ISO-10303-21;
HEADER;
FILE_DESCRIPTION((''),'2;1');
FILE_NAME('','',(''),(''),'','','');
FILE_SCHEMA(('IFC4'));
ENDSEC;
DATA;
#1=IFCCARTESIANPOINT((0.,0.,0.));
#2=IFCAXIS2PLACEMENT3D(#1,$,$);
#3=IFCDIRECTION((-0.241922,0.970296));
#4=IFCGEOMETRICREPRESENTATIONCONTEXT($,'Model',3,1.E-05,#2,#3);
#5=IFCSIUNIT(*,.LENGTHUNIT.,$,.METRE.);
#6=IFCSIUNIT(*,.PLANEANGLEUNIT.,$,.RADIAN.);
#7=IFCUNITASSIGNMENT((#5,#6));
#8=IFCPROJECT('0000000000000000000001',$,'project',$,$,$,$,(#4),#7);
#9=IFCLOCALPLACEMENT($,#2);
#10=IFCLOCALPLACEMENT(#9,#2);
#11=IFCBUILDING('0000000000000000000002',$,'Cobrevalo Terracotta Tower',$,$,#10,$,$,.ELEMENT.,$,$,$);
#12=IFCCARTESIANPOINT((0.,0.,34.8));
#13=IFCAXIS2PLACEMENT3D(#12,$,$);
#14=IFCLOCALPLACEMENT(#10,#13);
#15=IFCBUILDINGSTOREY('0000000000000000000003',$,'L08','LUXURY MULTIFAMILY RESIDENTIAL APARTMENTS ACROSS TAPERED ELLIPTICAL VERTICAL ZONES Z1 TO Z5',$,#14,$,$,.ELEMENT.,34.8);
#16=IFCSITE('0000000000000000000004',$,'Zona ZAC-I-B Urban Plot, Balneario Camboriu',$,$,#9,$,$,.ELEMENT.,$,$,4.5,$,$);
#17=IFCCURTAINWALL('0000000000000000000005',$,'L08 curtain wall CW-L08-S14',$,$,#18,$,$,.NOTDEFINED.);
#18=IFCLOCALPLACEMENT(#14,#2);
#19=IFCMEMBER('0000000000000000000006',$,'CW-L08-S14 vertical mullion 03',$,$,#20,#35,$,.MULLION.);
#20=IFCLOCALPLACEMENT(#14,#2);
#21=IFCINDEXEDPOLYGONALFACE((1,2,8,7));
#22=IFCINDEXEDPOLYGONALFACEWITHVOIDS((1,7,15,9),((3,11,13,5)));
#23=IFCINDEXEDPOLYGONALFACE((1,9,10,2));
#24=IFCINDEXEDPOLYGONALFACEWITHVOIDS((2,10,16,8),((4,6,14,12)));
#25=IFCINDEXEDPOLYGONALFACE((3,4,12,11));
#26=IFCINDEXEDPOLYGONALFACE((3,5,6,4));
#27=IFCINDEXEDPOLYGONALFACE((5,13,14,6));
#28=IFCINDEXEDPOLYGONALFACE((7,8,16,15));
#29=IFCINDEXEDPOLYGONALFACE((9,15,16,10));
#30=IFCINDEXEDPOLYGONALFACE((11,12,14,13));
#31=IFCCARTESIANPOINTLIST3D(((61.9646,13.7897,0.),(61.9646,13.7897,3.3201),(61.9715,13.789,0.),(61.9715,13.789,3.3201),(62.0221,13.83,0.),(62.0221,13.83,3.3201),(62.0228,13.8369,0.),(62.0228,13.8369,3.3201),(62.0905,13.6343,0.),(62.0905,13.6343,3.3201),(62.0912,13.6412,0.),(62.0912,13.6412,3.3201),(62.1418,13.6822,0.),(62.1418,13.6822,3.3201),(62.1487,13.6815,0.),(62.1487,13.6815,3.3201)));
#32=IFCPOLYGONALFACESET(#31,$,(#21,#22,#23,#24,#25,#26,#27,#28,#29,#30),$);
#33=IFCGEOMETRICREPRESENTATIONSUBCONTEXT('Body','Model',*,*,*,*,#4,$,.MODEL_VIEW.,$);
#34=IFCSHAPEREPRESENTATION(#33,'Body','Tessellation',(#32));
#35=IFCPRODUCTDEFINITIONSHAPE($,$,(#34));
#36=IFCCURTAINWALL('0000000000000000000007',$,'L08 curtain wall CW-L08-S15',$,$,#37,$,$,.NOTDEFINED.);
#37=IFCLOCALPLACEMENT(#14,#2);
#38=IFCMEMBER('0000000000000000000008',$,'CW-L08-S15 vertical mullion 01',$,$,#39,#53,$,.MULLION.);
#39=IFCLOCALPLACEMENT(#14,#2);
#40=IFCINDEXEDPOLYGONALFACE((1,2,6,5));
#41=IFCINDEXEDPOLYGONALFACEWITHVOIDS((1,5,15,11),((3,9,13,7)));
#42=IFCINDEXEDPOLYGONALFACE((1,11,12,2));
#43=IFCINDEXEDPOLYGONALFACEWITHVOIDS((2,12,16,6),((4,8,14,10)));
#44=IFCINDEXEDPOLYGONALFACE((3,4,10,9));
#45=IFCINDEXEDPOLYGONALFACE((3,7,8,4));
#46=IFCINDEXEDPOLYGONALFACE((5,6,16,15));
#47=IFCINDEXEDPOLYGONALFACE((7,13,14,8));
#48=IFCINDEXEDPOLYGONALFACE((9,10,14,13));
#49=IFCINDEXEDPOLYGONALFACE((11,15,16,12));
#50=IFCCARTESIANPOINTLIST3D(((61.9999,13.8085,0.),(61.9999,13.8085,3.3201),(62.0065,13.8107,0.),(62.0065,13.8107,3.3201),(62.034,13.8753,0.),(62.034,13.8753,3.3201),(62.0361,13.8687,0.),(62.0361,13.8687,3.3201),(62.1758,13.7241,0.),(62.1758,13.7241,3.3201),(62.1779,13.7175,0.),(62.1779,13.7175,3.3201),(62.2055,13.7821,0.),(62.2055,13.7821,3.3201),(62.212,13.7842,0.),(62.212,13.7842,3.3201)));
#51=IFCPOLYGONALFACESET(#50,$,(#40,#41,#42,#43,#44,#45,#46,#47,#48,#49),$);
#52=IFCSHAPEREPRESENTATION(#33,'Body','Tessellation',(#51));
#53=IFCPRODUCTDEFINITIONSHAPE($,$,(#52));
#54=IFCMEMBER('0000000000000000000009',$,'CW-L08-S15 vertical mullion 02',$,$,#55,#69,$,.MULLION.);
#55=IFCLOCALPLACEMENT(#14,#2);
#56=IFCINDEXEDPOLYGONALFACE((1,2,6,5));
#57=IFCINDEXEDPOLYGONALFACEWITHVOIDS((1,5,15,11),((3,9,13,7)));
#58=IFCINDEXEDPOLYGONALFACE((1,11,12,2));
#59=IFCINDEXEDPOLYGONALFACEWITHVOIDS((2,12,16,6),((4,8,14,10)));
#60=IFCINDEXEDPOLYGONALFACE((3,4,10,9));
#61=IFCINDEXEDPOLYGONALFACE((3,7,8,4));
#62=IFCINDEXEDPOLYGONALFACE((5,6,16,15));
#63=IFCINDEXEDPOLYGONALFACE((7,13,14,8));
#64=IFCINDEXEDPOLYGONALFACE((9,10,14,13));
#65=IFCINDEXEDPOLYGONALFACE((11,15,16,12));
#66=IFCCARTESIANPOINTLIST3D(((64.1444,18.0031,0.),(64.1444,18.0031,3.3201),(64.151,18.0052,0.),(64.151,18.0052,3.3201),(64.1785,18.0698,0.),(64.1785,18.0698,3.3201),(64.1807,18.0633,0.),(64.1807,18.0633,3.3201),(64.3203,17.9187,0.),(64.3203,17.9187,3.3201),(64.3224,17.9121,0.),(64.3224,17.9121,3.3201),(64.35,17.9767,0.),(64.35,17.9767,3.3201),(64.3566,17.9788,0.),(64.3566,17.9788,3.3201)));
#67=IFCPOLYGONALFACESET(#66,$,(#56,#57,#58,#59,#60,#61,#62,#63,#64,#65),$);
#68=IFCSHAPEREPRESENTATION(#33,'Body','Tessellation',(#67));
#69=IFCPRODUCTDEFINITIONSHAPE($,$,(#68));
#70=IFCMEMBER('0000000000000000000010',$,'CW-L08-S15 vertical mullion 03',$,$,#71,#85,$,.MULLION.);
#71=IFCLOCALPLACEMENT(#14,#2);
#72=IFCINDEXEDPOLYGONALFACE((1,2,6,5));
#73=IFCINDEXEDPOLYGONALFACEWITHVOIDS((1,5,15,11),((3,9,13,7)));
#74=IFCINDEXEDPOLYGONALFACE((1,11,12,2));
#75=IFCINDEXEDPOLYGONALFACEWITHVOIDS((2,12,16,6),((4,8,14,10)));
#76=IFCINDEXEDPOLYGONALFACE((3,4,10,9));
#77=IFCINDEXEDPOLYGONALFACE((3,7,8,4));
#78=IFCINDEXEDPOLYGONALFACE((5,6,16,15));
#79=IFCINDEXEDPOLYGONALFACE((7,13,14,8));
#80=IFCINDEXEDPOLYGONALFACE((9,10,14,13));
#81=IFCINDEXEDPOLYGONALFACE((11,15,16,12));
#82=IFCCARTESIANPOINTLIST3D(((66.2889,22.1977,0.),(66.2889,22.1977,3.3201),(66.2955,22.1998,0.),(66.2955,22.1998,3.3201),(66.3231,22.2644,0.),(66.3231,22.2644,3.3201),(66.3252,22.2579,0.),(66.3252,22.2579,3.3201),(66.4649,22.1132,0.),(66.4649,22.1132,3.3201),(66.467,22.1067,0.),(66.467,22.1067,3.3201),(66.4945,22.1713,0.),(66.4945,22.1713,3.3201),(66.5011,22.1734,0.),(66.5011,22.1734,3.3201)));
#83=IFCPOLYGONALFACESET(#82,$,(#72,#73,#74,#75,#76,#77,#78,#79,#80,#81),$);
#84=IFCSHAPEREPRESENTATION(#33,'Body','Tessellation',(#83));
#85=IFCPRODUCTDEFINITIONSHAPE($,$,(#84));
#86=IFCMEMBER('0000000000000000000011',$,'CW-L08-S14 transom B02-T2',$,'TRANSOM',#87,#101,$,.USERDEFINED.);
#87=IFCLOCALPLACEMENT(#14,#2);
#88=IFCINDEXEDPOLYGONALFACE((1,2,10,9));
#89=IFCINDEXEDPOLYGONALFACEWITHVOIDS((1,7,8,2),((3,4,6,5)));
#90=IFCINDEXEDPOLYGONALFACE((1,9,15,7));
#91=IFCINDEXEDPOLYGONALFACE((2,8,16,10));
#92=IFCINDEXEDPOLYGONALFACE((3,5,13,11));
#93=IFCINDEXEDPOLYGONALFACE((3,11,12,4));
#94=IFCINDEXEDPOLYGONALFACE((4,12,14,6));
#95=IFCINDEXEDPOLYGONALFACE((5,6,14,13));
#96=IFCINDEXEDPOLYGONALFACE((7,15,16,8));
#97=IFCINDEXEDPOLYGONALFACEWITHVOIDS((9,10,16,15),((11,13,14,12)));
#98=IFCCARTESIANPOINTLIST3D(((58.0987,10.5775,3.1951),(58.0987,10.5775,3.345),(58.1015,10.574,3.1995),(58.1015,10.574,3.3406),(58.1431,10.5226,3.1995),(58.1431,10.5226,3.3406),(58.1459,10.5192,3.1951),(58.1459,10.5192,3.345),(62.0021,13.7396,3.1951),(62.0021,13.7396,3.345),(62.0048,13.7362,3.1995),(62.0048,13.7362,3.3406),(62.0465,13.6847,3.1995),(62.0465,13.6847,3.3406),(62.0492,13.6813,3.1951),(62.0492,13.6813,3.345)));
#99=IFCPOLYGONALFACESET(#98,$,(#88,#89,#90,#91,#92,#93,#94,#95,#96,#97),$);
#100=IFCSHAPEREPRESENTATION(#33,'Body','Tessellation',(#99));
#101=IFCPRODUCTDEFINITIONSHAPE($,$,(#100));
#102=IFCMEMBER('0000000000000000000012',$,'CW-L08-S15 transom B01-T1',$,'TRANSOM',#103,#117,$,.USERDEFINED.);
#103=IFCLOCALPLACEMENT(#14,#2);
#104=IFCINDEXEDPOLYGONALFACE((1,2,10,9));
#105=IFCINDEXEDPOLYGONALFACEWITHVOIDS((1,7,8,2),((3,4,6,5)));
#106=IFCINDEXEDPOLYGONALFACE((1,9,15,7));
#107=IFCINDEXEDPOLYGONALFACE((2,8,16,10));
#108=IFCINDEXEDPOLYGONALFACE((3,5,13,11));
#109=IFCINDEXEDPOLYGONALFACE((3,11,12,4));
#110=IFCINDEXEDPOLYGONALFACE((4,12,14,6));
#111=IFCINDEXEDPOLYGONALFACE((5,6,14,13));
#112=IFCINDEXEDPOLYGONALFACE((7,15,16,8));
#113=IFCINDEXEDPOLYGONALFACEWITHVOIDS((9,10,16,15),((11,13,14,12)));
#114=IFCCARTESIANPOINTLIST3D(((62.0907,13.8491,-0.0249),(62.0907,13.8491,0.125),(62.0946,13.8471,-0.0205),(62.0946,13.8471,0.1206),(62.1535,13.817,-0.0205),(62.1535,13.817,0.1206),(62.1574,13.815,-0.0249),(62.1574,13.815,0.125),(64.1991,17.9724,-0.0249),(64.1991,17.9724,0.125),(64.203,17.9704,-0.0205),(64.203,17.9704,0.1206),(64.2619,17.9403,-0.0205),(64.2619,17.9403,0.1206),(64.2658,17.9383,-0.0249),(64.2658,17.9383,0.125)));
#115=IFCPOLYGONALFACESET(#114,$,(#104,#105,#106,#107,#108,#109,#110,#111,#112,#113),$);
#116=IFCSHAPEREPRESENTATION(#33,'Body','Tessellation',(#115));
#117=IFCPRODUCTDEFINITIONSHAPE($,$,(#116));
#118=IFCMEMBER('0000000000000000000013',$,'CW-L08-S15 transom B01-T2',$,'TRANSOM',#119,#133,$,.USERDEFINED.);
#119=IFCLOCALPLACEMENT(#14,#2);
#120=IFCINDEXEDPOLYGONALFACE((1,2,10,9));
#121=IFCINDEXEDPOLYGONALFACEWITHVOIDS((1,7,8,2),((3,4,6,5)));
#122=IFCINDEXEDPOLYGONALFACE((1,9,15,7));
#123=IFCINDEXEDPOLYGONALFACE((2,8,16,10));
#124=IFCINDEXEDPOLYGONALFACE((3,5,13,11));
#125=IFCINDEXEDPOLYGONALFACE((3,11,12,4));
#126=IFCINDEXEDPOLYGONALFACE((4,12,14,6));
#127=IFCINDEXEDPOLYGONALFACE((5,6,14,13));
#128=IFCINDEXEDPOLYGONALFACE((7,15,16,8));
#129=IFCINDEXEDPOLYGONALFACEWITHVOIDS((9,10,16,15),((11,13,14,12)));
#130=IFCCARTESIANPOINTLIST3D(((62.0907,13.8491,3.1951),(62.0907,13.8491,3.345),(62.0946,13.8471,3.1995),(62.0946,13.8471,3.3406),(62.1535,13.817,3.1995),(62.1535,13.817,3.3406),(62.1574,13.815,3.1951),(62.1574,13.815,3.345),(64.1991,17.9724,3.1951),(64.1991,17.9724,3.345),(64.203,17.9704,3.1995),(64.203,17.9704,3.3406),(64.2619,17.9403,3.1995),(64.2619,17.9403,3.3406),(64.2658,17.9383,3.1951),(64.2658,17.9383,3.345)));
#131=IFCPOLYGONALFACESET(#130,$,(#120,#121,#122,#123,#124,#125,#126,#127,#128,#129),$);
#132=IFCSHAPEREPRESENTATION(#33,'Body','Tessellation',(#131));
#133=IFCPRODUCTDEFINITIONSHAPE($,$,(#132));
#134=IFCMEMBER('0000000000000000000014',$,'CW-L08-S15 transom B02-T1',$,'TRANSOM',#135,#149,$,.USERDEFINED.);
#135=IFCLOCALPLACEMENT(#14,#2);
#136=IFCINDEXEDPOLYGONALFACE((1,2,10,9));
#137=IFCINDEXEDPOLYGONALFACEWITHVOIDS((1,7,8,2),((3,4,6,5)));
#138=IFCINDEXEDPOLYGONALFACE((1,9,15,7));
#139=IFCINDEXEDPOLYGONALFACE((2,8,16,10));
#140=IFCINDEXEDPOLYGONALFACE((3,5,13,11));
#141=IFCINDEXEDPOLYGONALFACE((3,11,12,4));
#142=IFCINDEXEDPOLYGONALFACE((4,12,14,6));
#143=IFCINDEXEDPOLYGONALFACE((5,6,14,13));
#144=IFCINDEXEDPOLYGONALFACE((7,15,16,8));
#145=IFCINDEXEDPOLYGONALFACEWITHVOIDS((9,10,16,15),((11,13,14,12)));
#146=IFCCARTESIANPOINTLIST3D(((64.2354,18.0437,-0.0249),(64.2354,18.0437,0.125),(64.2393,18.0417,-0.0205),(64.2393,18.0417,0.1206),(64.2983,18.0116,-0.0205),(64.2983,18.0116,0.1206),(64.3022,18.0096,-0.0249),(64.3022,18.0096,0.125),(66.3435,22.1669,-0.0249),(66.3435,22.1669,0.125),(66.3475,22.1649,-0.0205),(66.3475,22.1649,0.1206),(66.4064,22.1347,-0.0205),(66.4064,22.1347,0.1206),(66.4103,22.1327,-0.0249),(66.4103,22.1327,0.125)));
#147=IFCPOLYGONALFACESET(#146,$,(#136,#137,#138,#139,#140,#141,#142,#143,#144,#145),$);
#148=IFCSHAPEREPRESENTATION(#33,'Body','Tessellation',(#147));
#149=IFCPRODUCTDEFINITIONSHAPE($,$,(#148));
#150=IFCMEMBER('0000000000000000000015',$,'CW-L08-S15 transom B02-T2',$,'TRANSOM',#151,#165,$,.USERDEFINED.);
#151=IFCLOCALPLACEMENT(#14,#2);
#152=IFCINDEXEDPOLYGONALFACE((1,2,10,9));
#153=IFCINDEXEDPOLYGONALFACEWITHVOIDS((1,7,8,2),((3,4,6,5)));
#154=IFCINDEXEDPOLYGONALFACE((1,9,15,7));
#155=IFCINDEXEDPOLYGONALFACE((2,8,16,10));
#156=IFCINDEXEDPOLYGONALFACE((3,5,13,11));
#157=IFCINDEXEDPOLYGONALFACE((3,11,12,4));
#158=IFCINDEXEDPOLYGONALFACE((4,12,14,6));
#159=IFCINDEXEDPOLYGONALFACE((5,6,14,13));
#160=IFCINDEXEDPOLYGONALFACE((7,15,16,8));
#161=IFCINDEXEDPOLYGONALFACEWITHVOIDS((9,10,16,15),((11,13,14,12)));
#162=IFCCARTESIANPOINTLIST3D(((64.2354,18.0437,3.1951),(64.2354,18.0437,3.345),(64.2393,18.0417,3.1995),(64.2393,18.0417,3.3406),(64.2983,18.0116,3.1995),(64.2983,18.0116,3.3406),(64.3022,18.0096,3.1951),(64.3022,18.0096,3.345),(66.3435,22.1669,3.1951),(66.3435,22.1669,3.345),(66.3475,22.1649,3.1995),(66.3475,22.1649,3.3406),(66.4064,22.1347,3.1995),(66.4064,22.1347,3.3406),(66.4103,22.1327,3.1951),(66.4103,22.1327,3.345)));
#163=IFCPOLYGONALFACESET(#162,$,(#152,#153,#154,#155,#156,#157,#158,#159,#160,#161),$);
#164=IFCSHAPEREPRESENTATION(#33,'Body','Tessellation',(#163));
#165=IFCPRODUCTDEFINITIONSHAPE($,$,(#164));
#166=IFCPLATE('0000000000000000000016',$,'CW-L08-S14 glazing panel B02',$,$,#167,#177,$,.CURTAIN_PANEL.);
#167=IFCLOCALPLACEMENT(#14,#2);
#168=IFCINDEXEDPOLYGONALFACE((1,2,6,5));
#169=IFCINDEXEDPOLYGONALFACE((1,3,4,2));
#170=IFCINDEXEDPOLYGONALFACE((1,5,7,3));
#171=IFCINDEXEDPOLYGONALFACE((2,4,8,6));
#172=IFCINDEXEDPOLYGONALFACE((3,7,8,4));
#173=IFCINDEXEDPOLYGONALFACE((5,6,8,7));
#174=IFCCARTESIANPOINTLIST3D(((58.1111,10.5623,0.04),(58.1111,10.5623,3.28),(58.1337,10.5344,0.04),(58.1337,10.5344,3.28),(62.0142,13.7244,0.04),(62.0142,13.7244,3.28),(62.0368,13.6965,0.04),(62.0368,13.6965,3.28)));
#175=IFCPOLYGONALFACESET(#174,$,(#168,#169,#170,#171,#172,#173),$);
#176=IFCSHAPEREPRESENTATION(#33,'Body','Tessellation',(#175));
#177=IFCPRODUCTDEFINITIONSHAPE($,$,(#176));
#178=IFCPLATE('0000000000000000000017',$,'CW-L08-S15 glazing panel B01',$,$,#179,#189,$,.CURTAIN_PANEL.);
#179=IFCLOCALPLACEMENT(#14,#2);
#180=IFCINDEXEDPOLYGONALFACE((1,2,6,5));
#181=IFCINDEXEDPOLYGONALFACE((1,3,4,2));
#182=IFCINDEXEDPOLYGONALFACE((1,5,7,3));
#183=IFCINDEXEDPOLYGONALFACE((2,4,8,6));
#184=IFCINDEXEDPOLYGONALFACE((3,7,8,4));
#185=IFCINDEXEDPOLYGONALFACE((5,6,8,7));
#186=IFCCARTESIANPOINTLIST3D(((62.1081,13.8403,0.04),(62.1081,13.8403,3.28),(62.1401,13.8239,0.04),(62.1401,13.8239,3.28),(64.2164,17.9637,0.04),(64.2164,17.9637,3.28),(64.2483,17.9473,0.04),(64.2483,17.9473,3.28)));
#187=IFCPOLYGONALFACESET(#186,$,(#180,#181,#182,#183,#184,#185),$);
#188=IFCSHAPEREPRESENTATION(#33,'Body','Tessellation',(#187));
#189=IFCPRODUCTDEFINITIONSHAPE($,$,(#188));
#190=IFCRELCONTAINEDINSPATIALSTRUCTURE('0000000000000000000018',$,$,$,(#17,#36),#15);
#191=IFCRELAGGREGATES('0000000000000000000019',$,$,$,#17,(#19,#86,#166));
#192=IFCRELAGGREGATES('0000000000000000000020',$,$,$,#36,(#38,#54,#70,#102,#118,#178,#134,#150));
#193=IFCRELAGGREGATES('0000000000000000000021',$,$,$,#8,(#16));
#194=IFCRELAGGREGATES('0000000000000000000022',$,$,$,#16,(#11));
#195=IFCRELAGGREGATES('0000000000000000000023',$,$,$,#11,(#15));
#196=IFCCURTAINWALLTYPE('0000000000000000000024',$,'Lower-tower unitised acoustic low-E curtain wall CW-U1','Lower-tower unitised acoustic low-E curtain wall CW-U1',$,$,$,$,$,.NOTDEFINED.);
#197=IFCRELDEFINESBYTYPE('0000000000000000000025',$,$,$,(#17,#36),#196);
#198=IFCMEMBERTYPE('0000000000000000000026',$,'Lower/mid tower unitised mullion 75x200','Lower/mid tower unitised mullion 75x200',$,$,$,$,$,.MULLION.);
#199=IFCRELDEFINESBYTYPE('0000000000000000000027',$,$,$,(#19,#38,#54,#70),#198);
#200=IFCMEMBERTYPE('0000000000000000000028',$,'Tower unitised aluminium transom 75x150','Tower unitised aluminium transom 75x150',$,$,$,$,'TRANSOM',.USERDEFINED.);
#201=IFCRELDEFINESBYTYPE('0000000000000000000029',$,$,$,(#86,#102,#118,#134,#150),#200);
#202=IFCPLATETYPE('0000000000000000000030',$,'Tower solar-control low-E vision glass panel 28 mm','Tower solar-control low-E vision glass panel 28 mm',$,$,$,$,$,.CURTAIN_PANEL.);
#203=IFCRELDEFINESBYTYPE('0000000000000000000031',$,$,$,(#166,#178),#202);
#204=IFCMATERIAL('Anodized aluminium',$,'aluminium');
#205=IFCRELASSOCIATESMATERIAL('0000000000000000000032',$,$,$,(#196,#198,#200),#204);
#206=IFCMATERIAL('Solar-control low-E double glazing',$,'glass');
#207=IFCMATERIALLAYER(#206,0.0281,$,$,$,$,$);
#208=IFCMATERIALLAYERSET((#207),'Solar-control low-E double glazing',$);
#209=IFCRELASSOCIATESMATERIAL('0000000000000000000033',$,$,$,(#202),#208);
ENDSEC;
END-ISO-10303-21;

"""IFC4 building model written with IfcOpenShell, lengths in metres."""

from ifc_helpers import new_model, si_unit, direction, frame, origin, origin_2d, place, context, subcontext, project, spatial, rectangle, hollow_rectangle, extrude, source, transform, mapped, material, layer, layer_set, material_profile, profile_set, type_object, element, aggregate, save


model = new_model("IFC4")

# Units and contexts
model_context = context("Model", 3, precision=1e-05, world=origin(), true_north=direction((-0.241922, 0.970296)))
body_context = subcontext(model_context, "Body", "Model", "MODEL_VIEW")
ifc_project = project(units=[si_unit("LENGTHUNIT", "METRE"), si_unit("PLANEANGLEUNIT", "RADIAN")], contexts=[model_context])

# Site, building, storey
site_placement = place(None, origin())
site = spatial("IfcSite", under=ifc_project, at=site_placement, Name="Zona ZAC-I-B Urban Plot, Balneario Camboriu", CompositionType="ELEMENT", RefElevation=4.5)
building_placement = place(site_placement, origin())
building = spatial("IfcBuilding", under=site, at=building_placement, Name="Cobrevalo Terracotta Tower", CompositionType="ELEMENT")
storey_placement = place(building_placement, frame((0.0, 0.0, 34.8)))
storey = spatial("IfcBuildingStorey", under=building, at=storey_placement, Name="L08", Description="LUXURY MULTIFAMILY RESIDENTIAL APARTMENTS ACROSS TAPERED ELLIPTICAL VERTICAL ZONES Z1 TO Z5", CompositionType="ELEMENT", Elevation=34.8)

# Curtain wall, member
ifc_material_1 = material(Name="Anodized aluminium", Category="aluminium")
curtain_wall_type = type_object("IfcCurtainWallType", Name="Lower-tower unitised acoustic low-E curtain wall CW-U1", Description="Lower-tower unitised acoustic low-E curtain wall CW-U1", PredefinedType="NOTDEFINED", material=ifc_material_1)
curtain_wall_1_placement = place(storey_placement, origin())
curtain_wall_1 = element("IfcCurtainWall", 1, at=curtain_wall_1_placement, inside=storey, type_object=curtain_wall_type, Name="L08 curtain wall CW-L08-S14", PredefinedType="NOTDEFINED")
ifc_material_profile_1 = material_profile(ifc_material_1, hollow_rectangle(XDim=0.075, YDim=0.2, WallThickness=0.0049, at=origin_2d()), Name="CWM 75x200")
ifc_profile_set_1 = profile_set([ifc_material_profile_1], Name="Anodized aluminium")
member_type_1 = type_object("IfcMemberType", Name="Lower/mid tower unitised mullion 75x200", Description="Lower/mid tower unitised mullion 75x200", PredefinedType="MULLION", material=ifc_profile_set_1)
shared_shape_1 = source(origin(), body_context, "Body", "SweptSolid", [
    extrude(hollow_rectangle(XDim=0.075, YDim=0.2, WallThickness=0.0049, at=origin_2d()), origin(), (0.0, 0.0, 1.0), 3.3201),
])
member_1_placement = place(storey_placement, frame((62.0566, 13.7356, 0.0), z_axis=(0.0, 0.0, 1.0), x_axis=(0.777003, 0.629497, 0.0)))
member_1 = element("IfcMember", 2, at=member_1_placement, type_object=member_type_1, Name="CW-L08-S14 vertical mullion 03", PredefinedType="MULLION", context=body_context, shape_type="MappedRepresentation", body=[
    mapped(shared_shape_1, transform((0.0, 0.0, 0.0), scale=1.0)),
])

# Curtain wall, members
curtain_wall_2_placement = place(storey_placement, origin())
curtain_wall_2 = element("IfcCurtainWall", 3, at=curtain_wall_2_placement, inside=storey, type_object=curtain_wall_type, Name="L08 curtain wall CW-L08-S15", PredefinedType="NOTDEFINED")
member_2_placement = place(storey_placement, frame((62.106, 13.7964, 0.0), z_axis=(0.0, 0.0, 1.0), x_axis=(0.455234, 0.890372, 0.0)))
member_2 = element("IfcMember", 4, at=member_2_placement, type_object=member_type_1, Name="CW-L08-S15 vertical mullion 01", PredefinedType="MULLION", context=body_context, shape_type="MappedRepresentation", body=[
    mapped(shared_shape_1, transform((0.0, 0.0, 0.0), scale=1.0)),
])
member_3_placement = place(storey_placement, frame((64.2505, 17.991, 0.0), z_axis=(0.0, 0.0, 1.0), x_axis=(0.455234, 0.890372, 0.0)))
member_3 = element("IfcMember", 5, at=member_3_placement, type_object=member_type_1, Name="CW-L08-S15 vertical mullion 02", PredefinedType="MULLION", context=body_context, shape_type="MappedRepresentation", body=[
    mapped(shared_shape_1, transform((0.0, 0.0, 0.0), scale=1.0)),
])
member_4_placement = place(storey_placement, frame((66.395, 22.1855, 0.0), z_axis=(0.0, 0.0, 1.0), x_axis=(0.455234, 0.890372, 0.0)))
member_4 = element("IfcMember", 6, at=member_4_placement, type_object=member_type_1, Name="CW-L08-S15 vertical mullion 03", PredefinedType="MULLION", context=body_context, shape_type="MappedRepresentation", body=[
    mapped(shared_shape_1, transform((0.0, 0.0, 0.0), scale=1.0)),
])

# Members
ifc_material_profile_2 = material_profile(ifc_material_1, hollow_rectangle(XDim=0.075, YDim=0.1499, WallThickness=0.0044, at=origin_2d()), Name="CWT 75x150")
ifc_profile_set_2 = profile_set([ifc_material_profile_2], Name="Anodized aluminium")
member_type_2 = type_object("IfcMemberType", Name="Tower unitised aluminium transom 75x150", Description="Tower unitised aluminium transom 75x150", ElementType="TRANSOM", PredefinedType="USERDEFINED", material=ifc_profile_set_2)
shared_shape_2 = source(origin(), body_context, "Body", "SweptSolid", [
    extrude(hollow_rectangle(XDim=0.075, YDim=0.1499, WallThickness=0.0044, at=origin_2d()), origin(), (0.0, 0.0, 1.0), 5.0234),
])
member_5_placement = place(storey_placement, frame((58.1223, 10.5483, 3.27), z_axis=(0.777023, 0.629472, 0.0), x_axis=(-0.629472, 0.777023, 0.0)))
member_5 = element("IfcMember", 7, at=member_5_placement, type_object=member_type_2, Name="CW-L08-S14 transom B02-T2", ObjectType="TRANSOM", PredefinedType="USERDEFINED", context=body_context, shape_type="MappedRepresentation", body=[
    mapped(shared_shape_2, transform((0.0, 0.0, 0.0), scale=1.0)),
])
shared_shape_3 = source(origin(), body_context, "Body", "SweptSolid", [
    extrude(hollow_rectangle(XDim=0.075, YDim=0.1499, WallThickness=0.0044, at=origin_2d()), origin(), (0.0, 0.0, 1.0), 4.6311),
])
member_6_placement = place(storey_placement, frame((62.124, 13.832, 0.05), z_axis=(0.455272, 0.890353, 0.0), x_axis=(-0.890353, 0.455272, 0.0)))
member_6 = element("IfcMember", 8, at=member_6_placement, type_object=member_type_2, Name="CW-L08-S15 transom B01-T1", ObjectType="TRANSOM", PredefinedType="USERDEFINED", context=body_context, shape_type="MappedRepresentation", body=[
    mapped(shared_shape_3, transform((0.0, 0.0, 0.0), scale=1.0)),
])
member_7_placement = place(storey_placement, frame((62.124, 13.832, 3.27), z_axis=(0.455272, 0.890353, 0.0), x_axis=(-0.890353, 0.455272, 0.0)))
member_7 = element("IfcMember", 9, at=member_7_placement, type_object=member_type_2, Name="CW-L08-S15 transom B01-T2", ObjectType="TRANSOM", PredefinedType="USERDEFINED", context=body_context, shape_type="MappedRepresentation", body=[
    mapped(shared_shape_3, transform((0.0, 0.0, 0.0), scale=1.0)),
])
shared_shape_4 = source(origin(), body_context, "Body", "SweptSolid", [
    extrude(hollow_rectangle(XDim=0.075, YDim=0.1499, WallThickness=0.0044, at=origin_2d()), origin(), (0.0, 0.0, 1.0), 4.6309),
])
member_8_placement = place(storey_placement, frame((64.2688, 18.0266, 0.05), z_axis=(0.45523, 0.890374, 0.0), x_axis=(-0.890374, 0.45523, 0.0)))
member_8 = element("IfcMember", 10, at=member_8_placement, type_object=member_type_2, Name="CW-L08-S15 transom B02-T1", ObjectType="TRANSOM", PredefinedType="USERDEFINED", context=body_context, shape_type="MappedRepresentation", body=[
    mapped(shared_shape_4, transform((0.0, 0.0, 0.0), scale=1.0)),
])
member_9_placement = place(storey_placement, frame((64.2688, 18.0266, 3.27), z_axis=(0.45523, 0.890374, 0.0), x_axis=(-0.890374, 0.45523, 0.0)))
member_9 = element("IfcMember", 11, at=member_9_placement, type_object=member_type_2, Name="CW-L08-S15 transom B02-T2", ObjectType="TRANSOM", PredefinedType="USERDEFINED", context=body_context, shape_type="MappedRepresentation", body=[
    mapped(shared_shape_4, transform((0.0, 0.0, 0.0), scale=1.0)),
])

# Plates
ifc_material_2 = material(Name="Solar-control low-E double glazing", Category="glass")
ifc_layer_1 = layer(ifc_material_2, 0.0281)
ifc_layer_set_1 = layer_set([ifc_layer_1], Name="Solar-control low-E double glazing")
plate_type = type_object("IfcPlateType", Name="Tower solar-control low-E vision glass panel 28 mm", Description="Tower solar-control low-E vision glass panel 28 mm", PredefinedType="CURTAIN_PANEL", material=ifc_layer_set_1)
shared_shape_5 = source(origin(), body_context, "Body", "SweptSolid", [
    extrude(rectangle(XDim=5.0232, YDim=0.0359, at=origin_2d()), origin(), (0.0, 0.0, 1.0), 3.24),
])
plate_1_placement = place(storey_placement, frame((60.074, 12.1294, 0.04), z_axis=(0.0, 0.0, 1.0), x_axis=(0.777008, 0.629491, 0.0)))
plate_1 = element("IfcPlate", 12, at=plate_1_placement, type_object=plate_type, Name="CW-L08-S14 glazing panel B02", PredefinedType="CURTAIN_PANEL", context=body_context, shape_type="MappedRepresentation", body=[
    mapped(shared_shape_5, transform((0.0, 0.0, 0.0), scale=1.0)),
])
aggregate(curtain_wall_1, [member_1, member_5, plate_1])
shared_shape_6 = source(origin(), body_context, "Body", "SweptSolid", [
    extrude(rectangle(XDim=4.6311, YDim=0.0359, at=origin_2d()), origin(), (0.0, 0.0, 1.0), 3.24),
])
plate_2_placement = place(storey_placement, frame((63.1782, 15.8938, 0.04), z_axis=(0.0, 0.0, 1.0), x_axis=(0.455231, 0.890373, 0.0)))
plate_2 = element("IfcPlate", 13, at=plate_2_placement, type_object=plate_type, Name="CW-L08-S15 glazing panel B01", PredefinedType="CURTAIN_PANEL", context=body_context, shape_type="MappedRepresentation", body=[
    mapped(shared_shape_6, transform((0.0, 0.0, 0.0), scale=1.0)),
])
aggregate(curtain_wall_2, [member_2, member_3, member_4, member_6, member_7, plate_2, member_8, member_9])

save(model, "model.ifc")
